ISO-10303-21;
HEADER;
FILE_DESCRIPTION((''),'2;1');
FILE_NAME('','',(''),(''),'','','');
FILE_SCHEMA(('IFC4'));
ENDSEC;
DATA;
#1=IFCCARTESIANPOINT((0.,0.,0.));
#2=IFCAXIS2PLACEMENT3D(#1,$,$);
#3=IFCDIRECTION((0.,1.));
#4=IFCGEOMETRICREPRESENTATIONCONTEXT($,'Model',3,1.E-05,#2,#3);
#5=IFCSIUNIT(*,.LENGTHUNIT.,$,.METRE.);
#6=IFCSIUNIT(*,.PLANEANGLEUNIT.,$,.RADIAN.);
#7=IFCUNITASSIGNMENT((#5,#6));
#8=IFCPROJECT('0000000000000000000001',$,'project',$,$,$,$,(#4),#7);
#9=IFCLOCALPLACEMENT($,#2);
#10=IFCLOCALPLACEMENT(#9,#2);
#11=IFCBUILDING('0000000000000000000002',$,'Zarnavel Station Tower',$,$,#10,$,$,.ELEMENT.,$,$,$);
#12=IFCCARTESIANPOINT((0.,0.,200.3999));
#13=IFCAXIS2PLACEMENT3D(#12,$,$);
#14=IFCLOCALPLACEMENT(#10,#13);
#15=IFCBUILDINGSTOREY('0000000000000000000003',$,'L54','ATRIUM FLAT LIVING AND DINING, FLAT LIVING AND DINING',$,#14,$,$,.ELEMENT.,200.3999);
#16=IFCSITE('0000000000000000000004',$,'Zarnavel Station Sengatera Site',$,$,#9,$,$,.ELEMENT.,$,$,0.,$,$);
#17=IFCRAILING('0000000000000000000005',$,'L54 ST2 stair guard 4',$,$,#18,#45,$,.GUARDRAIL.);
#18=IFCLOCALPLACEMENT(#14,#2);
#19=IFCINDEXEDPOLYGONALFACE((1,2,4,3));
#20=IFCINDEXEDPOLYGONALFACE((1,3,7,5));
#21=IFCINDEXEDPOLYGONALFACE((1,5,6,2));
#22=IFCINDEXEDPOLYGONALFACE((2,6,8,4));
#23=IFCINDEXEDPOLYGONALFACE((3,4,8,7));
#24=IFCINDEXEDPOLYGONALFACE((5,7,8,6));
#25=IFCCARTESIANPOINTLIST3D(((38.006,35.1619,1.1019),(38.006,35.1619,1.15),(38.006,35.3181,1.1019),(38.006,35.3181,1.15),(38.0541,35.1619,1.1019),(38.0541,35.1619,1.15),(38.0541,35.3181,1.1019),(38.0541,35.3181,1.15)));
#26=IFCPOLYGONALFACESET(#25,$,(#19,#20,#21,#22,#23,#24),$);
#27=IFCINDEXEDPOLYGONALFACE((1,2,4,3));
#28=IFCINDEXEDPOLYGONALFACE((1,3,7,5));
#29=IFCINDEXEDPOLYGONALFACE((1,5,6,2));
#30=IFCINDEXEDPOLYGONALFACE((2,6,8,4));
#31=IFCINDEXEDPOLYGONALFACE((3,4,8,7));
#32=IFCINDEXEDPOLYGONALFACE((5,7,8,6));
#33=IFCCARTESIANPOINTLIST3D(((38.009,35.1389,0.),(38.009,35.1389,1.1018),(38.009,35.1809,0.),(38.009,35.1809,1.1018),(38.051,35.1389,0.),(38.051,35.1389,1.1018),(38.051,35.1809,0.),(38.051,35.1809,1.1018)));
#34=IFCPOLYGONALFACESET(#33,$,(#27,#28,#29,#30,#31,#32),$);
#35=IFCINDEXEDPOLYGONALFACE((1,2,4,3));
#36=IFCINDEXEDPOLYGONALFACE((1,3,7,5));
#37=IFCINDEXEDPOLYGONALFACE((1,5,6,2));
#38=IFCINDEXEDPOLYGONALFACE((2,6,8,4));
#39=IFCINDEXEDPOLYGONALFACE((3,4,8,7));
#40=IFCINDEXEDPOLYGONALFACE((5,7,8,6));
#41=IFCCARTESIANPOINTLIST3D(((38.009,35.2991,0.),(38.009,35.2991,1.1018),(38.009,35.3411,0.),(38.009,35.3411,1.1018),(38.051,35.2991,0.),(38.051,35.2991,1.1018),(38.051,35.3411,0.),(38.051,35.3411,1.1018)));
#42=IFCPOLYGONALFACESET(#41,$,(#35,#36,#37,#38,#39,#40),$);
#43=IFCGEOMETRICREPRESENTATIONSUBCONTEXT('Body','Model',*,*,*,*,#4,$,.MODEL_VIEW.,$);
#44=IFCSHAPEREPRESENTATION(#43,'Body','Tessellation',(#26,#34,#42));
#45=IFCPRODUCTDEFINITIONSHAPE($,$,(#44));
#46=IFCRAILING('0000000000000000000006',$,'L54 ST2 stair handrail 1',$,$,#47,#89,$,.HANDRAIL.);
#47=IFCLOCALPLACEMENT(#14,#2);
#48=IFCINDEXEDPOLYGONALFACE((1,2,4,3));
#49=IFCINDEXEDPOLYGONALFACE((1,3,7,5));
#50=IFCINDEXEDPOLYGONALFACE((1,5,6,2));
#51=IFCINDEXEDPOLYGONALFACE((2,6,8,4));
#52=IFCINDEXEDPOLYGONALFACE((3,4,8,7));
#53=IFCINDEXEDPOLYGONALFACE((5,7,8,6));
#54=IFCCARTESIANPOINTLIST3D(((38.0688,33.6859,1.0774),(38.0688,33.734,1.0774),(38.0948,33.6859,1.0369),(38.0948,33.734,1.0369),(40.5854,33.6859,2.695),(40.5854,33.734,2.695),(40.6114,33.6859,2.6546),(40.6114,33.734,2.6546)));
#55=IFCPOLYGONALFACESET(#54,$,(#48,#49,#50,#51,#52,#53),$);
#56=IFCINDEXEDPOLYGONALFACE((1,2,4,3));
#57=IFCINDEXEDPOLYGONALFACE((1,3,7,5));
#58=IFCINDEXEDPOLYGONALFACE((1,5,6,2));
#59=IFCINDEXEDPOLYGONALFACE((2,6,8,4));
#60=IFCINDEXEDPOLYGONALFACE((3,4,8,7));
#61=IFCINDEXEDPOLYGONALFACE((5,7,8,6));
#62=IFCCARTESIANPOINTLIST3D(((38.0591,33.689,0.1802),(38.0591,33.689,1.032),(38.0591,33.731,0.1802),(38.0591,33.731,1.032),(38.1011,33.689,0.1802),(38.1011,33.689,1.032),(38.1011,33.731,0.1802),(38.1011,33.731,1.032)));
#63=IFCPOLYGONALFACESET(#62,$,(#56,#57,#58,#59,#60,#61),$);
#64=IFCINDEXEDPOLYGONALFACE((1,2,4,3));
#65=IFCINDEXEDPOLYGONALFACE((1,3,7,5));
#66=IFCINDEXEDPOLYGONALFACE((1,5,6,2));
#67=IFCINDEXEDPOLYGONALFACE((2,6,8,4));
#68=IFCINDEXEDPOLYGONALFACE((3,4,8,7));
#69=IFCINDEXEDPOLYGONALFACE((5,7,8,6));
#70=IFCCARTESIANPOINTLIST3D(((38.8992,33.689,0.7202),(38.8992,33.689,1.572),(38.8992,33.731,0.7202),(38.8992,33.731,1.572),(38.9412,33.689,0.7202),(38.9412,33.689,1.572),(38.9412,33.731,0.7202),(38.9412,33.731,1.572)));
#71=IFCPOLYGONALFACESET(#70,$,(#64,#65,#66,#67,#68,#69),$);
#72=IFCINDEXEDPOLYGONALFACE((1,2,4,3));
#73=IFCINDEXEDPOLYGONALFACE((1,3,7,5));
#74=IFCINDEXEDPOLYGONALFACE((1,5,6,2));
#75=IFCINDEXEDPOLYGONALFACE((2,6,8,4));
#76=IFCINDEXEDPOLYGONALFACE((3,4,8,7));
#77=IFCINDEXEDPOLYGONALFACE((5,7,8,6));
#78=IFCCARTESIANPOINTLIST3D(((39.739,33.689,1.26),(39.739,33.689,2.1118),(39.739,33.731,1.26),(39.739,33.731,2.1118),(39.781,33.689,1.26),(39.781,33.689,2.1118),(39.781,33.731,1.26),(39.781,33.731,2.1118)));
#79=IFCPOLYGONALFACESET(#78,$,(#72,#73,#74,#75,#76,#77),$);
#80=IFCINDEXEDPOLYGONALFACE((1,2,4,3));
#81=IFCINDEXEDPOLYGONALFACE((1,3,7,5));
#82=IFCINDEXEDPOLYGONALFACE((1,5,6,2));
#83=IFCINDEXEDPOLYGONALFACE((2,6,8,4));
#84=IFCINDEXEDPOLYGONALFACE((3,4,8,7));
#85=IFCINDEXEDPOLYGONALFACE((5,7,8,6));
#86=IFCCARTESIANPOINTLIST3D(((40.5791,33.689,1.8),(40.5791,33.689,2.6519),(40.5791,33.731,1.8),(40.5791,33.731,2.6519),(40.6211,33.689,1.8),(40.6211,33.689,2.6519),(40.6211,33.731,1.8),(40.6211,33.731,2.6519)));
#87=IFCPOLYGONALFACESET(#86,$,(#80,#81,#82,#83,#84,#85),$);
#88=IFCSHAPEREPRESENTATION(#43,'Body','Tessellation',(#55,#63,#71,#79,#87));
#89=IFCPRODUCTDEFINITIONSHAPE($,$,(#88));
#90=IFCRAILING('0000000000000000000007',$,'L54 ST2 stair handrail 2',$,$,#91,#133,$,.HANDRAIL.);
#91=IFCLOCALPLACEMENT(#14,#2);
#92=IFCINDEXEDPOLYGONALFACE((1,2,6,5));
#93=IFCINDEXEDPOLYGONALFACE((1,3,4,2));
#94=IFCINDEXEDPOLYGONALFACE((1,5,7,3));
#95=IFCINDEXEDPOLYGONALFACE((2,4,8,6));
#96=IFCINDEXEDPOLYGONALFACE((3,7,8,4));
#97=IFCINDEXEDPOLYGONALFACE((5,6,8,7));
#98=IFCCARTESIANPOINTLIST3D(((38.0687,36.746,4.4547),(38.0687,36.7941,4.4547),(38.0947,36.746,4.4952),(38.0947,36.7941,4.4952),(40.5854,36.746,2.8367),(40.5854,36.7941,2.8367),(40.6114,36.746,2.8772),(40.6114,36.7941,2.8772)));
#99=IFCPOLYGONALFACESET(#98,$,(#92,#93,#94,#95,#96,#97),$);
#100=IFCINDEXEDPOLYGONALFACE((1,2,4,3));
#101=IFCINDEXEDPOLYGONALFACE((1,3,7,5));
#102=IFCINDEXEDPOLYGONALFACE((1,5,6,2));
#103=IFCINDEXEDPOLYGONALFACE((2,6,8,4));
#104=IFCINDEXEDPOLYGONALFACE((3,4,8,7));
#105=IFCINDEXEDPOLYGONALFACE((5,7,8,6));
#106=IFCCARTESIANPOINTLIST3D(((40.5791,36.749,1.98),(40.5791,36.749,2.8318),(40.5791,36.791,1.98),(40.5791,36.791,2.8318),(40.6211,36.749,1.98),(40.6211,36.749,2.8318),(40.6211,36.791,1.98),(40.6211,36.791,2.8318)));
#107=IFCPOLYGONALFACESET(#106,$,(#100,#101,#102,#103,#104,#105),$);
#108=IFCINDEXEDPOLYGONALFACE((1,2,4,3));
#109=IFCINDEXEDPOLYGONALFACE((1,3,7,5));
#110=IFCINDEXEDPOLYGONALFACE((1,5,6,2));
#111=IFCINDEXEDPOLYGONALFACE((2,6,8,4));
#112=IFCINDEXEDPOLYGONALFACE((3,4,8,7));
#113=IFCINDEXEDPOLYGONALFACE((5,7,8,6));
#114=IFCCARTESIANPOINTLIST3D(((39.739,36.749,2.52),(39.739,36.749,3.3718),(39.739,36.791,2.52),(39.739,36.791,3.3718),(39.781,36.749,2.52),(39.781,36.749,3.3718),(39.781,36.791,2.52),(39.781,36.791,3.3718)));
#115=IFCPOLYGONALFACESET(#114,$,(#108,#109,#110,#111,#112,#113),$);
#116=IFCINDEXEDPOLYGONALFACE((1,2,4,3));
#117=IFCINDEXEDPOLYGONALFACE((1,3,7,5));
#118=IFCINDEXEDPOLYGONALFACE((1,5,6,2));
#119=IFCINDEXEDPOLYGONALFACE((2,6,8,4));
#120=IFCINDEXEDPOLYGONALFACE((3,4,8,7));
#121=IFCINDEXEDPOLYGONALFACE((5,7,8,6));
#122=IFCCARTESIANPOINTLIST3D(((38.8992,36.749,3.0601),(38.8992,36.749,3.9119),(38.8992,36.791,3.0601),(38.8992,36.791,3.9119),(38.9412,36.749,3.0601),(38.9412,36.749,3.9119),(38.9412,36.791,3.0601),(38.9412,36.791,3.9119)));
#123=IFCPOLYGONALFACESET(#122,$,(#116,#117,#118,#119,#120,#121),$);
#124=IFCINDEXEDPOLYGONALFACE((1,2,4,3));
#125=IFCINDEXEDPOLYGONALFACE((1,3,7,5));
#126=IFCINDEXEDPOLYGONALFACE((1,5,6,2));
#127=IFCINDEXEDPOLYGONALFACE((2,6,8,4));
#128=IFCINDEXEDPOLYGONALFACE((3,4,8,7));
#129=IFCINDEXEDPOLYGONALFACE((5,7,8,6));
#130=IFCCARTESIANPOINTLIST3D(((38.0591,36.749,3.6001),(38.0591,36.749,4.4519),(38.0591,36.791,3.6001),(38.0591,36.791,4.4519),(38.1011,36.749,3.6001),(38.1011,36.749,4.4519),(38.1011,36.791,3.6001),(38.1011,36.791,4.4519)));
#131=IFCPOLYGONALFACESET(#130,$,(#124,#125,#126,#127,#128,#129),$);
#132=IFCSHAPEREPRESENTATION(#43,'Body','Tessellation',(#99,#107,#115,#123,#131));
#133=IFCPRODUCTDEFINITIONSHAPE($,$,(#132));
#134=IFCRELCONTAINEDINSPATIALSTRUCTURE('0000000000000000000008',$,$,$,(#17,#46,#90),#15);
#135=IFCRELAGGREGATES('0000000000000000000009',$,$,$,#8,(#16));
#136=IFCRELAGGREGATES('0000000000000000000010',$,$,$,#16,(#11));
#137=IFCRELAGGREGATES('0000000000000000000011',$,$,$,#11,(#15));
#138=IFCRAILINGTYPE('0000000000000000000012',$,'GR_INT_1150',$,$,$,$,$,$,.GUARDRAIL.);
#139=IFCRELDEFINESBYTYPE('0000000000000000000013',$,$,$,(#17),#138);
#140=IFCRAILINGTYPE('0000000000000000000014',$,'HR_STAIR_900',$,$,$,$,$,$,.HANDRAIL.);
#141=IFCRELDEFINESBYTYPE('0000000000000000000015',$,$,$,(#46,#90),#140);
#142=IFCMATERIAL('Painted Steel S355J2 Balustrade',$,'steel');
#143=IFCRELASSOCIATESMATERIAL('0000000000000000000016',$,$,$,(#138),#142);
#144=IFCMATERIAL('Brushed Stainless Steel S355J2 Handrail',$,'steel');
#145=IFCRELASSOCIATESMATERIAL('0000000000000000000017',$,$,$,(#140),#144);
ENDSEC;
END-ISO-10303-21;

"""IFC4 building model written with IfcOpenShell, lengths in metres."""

from ifc_helpers import new_model, si_unit, direction, frame, origin, origin_2d, place, context, subcontext, project, spatial, rectangle, extrude, material, type_object, element, save


model = new_model("IFC4")

# Units and contexts
model_context = context("Model", 3, precision=1e-05, world=origin(), true_north=direction((0.0, 1.0)))
body_context = subcontext(model_context, "Body", "Model", "MODEL_VIEW")
ifc_project = project(units=[si_unit("LENGTHUNIT", "METRE"), si_unit("PLANEANGLEUNIT", "RADIAN")], contexts=[model_context])

# Site, building, storey
site_placement = place(None, origin())
site = spatial("IfcSite", under=ifc_project, at=site_placement, Name="Zarnavel Station Sengatera Site", CompositionType="ELEMENT", RefElevation=0.0)
building_placement = place(site_placement, origin())
building = spatial("IfcBuilding", under=site, at=building_placement, Name="Zarnavel Station Tower", CompositionType="ELEMENT")
storey_placement = place(building_placement, frame((0.0, 0.0, 200.3999)))
storey = spatial("IfcBuildingStorey", under=building, at=storey_placement, Name="L54", Description="ATRIUM FLAT LIVING AND DINING, FLAT LIVING AND DINING", CompositionType="ELEMENT", Elevation=200.3999)

# Railings
ifc_material_1 = material(Name="Painted Steel S355J2 Balustrade", Category="steel")
railing_type_1 = type_object("IfcRailingType", Name="GR_INT_1150", PredefinedType="GUARDRAIL", material=ifc_material_1)
railing_1_placement = place(storey_placement, frame((38.03, 35.1599, 0.0)))
element("IfcRailing", 1, at=railing_1_placement, inside=storey, type_object=railing_type_1, Name="L54 ST2 stair guard 4", PredefinedType="GUARDRAIL", context=body_context, shape_type="SweptSolid", body=[
    extrude(rectangle(XDim=0.0481, YDim=0.0481, at=origin_2d()), frame((0.0, 0.002, 1.126), z_axis=(0.0, 1.0, 0.0), x_axis=(-1.0, 0.0, 0.0)), (0.0, 0.0, 1.0), 0.1562),
    extrude(rectangle(XDim=0.042, YDim=0.042, at=origin_2d()), origin(), (0.0, 0.0, 1.0), 1.1018),
    extrude(rectangle(XDim=0.042, YDim=0.042, at=origin_2d()), frame((0.0, 0.1602, 0.0)), (0.0, 0.0, 1.0), 1.1018),
])
ifc_material_2 = material(Name="Brushed Stainless Steel S355J2 Handrail", Category="steel")
railing_type_2 = type_object("IfcRailingType", Name="HR_STAIR_900", PredefinedType="HANDRAIL", material=ifc_material_2)
railing_2_placement = place(storey_placement, frame((38.0801, 33.71, 0.1802)))
element("IfcRailing", 2, at=railing_2_placement, inside=storey, type_object=railing_type_2, Name="L54 ST2 stair handrail 1", PredefinedType="HANDRAIL", context=body_context, shape_type="SweptSolid", body=[
    extrude(rectangle(XDim=0.0481, YDim=0.0481, at=origin_2d()), frame((0.0017, 0.0, 0.877), z_axis=(0.8412, 0.0, 0.540725), x_axis=(0.0, 1.0, 0.0)), (0.0, 0.0, 1.0), 2.9917),
    extrude(rectangle(XDim=0.042, YDim=0.042, at=origin_2d()), origin(), (0.0, 0.0, 1.0), 0.8518),
    extrude(rectangle(XDim=0.042, YDim=0.042, at=origin_2d()), frame((0.8401, 0.0, 0.54)), (0.0, 0.0, 1.0), 0.8518),
    extrude(rectangle(XDim=0.042, YDim=0.042, at=origin_2d()), frame((1.6799, 0.0, 1.0798)), (0.0, 0.0, 1.0), 0.8518),
    extrude(rectangle(XDim=0.042, YDim=0.042, at=origin_2d()), frame((2.52, 0.0, 1.6199)), (0.0, 0.0, 1.0), 0.8518),
])
railing_3_placement = place(storey_placement, frame((40.6001, 36.77, 1.98)))
element("IfcRailing", 3, at=railing_3_placement, inside=storey, type_object=railing_type_2, Name="L54 ST2 stair handrail 2", PredefinedType="HANDRAIL", context=body_context, shape_type="SweptSolid", body=[
    extrude(rectangle(XDim=0.0481, YDim=0.0481, at=origin_2d()), frame((-0.0017, 0.0, 0.877), z_axis=(-0.841163, 0.0, 0.540782), x_axis=(0.0, -1.0, 0.0)), (0.0, 0.0, 1.0), 2.9919),
    extrude(rectangle(XDim=0.042, YDim=0.042, at=origin_2d()), origin(), (0.0, 0.0, 1.0), 0.8518),
    extrude(rectangle(XDim=0.042, YDim=0.042, at=origin_2d()), frame((-0.8401, 0.0, 0.54)), (0.0, 0.0, 1.0), 0.8518),
    extrude(rectangle(XDim=0.042, YDim=0.042, at=origin_2d()), frame((-1.6799, 0.0, 1.0801)), (0.0, 0.0, 1.0), 0.8518),
    extrude(rectangle(XDim=0.042, YDim=0.042, at=origin_2d()), frame((-2.52, 0.0, 1.6201)), (0.0, 0.0, 1.0), 0.8518),
])

save(model, "model.ifc")
